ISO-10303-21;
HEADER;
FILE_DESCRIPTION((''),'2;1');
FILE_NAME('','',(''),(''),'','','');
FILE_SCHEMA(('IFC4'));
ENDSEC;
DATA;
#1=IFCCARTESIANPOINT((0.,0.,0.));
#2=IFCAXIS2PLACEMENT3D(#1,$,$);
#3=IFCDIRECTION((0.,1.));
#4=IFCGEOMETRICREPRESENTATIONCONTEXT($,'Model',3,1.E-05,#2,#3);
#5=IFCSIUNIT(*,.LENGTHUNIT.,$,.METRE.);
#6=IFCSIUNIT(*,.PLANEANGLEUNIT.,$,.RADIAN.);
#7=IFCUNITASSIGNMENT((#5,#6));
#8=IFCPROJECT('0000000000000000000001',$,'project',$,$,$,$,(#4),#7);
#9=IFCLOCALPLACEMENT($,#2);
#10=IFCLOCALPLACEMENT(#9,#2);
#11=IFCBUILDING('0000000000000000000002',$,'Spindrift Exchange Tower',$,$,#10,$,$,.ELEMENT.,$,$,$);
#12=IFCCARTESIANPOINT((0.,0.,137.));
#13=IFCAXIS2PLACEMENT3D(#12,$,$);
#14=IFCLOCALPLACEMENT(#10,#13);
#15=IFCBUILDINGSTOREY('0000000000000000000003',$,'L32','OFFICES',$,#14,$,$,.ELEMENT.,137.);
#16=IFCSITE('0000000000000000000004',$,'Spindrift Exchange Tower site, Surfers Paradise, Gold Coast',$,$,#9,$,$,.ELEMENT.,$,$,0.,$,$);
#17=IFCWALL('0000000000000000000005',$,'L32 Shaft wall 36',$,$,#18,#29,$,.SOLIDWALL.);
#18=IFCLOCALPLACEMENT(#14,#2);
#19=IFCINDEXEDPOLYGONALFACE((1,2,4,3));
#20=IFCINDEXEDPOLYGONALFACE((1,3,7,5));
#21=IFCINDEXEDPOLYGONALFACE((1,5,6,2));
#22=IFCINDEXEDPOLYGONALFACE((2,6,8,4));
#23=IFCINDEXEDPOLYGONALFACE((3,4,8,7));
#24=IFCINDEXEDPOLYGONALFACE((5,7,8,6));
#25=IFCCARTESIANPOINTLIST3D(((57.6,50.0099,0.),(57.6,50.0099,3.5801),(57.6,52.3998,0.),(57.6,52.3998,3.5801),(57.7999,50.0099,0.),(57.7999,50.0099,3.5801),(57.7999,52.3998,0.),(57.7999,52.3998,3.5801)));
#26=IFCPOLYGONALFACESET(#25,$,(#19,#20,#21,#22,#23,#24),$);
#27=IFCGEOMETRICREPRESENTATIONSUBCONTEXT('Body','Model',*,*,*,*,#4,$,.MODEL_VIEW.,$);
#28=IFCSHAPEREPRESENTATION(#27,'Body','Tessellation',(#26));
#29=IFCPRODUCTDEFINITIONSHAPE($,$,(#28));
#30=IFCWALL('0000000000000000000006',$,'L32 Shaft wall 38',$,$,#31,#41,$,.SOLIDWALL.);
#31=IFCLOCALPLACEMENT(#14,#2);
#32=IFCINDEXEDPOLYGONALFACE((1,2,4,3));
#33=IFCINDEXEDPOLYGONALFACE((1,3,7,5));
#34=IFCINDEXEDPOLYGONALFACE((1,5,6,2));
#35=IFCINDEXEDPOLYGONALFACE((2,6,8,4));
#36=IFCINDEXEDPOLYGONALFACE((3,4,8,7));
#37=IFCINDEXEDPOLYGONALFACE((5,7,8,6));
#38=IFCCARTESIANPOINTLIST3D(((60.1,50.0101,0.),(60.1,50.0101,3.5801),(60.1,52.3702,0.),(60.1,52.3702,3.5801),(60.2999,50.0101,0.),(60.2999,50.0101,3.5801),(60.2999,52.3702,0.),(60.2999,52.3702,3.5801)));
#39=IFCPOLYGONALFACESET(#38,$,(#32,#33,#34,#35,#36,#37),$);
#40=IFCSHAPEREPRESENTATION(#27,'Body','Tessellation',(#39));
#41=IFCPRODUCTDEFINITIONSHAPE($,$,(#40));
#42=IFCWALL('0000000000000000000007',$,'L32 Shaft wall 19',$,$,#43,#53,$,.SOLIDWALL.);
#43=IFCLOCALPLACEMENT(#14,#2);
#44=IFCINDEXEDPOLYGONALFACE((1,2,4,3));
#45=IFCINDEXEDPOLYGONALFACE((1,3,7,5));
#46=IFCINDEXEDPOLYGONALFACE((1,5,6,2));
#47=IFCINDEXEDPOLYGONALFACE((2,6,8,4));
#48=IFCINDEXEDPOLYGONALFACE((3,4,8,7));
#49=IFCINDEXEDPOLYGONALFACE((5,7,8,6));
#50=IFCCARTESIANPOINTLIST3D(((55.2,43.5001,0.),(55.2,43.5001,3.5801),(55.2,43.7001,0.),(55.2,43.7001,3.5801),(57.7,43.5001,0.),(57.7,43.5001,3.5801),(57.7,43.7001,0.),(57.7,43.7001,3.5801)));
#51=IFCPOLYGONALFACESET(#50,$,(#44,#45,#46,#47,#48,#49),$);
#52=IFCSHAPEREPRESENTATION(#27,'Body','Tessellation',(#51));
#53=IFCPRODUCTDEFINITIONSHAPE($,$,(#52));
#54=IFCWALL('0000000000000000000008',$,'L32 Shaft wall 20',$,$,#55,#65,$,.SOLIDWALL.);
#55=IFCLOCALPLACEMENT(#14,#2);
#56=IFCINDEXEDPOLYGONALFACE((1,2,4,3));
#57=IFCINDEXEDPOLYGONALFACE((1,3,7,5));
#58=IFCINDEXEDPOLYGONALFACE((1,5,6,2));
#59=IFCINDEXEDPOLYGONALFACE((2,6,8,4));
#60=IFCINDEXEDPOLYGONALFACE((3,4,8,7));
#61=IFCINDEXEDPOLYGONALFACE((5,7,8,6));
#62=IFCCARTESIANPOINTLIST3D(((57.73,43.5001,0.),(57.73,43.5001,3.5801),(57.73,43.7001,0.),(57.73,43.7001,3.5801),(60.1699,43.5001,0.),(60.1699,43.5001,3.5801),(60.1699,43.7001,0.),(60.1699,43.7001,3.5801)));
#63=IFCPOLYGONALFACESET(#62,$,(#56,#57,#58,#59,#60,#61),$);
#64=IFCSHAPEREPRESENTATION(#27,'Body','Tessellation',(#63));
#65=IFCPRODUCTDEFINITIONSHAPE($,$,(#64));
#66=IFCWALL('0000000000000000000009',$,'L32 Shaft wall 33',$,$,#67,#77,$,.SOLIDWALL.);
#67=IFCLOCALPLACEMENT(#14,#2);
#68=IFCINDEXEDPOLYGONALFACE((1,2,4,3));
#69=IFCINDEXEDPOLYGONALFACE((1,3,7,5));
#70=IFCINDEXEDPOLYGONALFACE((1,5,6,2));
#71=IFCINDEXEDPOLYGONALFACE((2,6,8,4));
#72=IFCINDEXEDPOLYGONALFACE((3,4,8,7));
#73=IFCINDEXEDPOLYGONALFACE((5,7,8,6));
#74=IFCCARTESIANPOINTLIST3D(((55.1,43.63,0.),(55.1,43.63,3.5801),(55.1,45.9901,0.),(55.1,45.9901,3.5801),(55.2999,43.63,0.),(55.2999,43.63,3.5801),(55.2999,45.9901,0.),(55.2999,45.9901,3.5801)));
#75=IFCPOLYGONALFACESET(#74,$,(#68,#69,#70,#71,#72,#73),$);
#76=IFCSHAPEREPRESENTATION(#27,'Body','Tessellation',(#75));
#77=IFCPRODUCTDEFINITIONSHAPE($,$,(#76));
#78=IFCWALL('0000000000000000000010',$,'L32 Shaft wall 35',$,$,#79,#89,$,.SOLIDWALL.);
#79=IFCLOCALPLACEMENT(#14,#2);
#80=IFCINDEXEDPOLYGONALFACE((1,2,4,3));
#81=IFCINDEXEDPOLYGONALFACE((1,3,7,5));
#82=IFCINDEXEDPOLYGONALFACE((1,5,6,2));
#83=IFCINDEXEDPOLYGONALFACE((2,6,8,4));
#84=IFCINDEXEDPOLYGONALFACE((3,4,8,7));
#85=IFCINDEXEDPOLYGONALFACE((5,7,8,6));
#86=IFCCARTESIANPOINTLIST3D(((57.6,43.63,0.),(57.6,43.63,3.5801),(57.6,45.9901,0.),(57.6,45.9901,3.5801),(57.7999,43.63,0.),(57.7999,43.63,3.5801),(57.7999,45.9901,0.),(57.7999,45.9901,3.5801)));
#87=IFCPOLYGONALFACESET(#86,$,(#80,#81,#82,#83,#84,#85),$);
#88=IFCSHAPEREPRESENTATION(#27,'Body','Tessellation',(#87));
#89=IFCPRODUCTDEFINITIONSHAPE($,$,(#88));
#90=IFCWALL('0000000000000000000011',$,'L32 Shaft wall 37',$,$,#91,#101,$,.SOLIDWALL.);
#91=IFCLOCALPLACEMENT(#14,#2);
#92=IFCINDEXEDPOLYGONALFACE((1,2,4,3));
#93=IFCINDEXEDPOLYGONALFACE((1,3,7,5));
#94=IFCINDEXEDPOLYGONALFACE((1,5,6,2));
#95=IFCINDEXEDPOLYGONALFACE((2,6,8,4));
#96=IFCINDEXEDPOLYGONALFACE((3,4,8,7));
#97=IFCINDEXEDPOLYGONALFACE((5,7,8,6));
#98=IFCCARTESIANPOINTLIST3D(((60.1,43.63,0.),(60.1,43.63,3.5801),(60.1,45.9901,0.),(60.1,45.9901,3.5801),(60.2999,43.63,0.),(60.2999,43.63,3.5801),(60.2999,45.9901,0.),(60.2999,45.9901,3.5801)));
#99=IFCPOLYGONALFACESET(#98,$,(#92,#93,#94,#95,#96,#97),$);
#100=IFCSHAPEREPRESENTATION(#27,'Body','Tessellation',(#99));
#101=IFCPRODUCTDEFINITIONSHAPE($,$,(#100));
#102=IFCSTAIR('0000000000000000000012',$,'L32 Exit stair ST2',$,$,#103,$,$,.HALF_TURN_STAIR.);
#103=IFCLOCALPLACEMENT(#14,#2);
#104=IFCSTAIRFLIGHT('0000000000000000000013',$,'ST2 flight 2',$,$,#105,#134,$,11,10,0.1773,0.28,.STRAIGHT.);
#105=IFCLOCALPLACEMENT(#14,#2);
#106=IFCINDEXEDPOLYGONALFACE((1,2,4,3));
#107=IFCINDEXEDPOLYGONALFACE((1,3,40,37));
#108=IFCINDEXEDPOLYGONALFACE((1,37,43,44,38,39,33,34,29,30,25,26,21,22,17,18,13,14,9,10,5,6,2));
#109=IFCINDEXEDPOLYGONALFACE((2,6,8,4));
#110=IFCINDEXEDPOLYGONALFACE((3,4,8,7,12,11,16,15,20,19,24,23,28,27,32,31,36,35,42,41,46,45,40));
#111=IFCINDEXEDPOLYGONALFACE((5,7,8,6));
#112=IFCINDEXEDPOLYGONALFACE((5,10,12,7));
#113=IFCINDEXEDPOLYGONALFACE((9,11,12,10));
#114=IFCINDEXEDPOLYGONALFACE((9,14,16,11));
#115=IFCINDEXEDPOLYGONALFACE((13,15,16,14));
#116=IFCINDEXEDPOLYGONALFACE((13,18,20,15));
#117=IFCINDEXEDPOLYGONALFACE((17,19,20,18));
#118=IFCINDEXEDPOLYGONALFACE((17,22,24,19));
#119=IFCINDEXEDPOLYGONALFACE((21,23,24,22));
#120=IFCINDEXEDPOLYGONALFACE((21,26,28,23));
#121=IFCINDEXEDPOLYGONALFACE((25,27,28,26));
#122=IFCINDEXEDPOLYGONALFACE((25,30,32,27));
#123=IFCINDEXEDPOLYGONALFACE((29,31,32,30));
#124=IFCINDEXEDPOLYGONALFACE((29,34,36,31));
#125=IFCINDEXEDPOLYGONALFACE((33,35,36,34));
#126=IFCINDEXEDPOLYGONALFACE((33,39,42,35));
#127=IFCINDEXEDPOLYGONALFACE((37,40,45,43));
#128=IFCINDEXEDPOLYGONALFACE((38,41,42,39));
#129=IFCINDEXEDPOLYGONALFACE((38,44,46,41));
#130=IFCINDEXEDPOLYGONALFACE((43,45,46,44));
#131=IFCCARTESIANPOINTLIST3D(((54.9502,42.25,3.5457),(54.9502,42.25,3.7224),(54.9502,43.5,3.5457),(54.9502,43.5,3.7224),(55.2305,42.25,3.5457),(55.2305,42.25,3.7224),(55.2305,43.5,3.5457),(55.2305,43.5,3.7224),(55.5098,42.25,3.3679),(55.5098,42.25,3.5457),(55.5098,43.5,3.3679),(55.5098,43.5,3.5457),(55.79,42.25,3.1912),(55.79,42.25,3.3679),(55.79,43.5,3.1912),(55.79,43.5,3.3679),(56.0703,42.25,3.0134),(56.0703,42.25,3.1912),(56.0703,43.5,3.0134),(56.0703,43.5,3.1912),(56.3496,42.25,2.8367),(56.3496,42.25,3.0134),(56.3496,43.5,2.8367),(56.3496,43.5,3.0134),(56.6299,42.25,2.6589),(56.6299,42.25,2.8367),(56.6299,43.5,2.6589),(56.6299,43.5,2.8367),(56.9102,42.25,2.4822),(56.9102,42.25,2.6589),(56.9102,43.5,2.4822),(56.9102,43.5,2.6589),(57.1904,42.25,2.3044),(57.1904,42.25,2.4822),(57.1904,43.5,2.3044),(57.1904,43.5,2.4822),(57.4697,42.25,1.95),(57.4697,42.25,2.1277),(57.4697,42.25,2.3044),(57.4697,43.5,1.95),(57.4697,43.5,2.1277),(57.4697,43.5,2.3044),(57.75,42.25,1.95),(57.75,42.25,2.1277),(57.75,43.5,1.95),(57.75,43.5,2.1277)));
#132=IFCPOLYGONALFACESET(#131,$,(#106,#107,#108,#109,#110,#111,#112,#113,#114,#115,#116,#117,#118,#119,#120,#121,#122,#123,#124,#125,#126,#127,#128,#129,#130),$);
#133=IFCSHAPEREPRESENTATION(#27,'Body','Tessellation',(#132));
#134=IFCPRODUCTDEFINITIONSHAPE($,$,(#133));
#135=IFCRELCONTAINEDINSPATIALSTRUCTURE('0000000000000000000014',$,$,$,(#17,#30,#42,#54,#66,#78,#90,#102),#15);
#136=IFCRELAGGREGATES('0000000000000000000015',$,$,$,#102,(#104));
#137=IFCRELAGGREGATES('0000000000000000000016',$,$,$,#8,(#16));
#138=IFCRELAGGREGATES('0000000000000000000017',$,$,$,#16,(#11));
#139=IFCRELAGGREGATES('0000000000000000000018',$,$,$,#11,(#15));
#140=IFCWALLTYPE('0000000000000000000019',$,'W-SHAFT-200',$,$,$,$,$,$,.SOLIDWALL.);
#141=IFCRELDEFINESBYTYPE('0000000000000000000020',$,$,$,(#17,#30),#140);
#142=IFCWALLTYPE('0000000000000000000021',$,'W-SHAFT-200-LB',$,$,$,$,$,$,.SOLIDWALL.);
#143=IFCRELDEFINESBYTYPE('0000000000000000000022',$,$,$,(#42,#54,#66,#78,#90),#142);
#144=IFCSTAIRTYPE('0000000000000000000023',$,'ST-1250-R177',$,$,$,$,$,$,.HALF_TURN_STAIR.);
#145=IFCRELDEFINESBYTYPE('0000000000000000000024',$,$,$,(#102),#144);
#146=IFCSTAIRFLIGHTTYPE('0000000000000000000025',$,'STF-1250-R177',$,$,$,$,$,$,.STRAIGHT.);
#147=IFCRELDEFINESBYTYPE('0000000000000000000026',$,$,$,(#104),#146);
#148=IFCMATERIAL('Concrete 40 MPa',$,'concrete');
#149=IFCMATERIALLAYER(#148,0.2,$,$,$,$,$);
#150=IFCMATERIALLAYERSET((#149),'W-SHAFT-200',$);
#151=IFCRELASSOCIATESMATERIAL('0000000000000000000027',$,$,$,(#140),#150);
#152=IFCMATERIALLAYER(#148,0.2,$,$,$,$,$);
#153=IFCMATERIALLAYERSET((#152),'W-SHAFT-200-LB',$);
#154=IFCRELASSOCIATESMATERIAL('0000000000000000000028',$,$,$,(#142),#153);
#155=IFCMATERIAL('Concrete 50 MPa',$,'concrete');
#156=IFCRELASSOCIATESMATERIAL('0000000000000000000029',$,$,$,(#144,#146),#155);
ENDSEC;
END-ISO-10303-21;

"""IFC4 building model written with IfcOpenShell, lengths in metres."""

from ifc_helpers import new_model, si_unit, direction, frame, frame_2d, origin, place, context, subcontext, project, spatial, line, indexed_curve, rectangle, outline, extrude, material, layer, layer_set, type_object, element, aggregate, save


model = new_model("IFC4")

# Units and contexts
model_context = context("Model", 3, precision=1e-05, world=origin(), true_north=direction((0.0, 1.0)))
body_context = subcontext(model_context, "Body", "Model", "MODEL_VIEW")
ifc_project = project(units=[si_unit("LENGTHUNIT", "METRE"), si_unit("PLANEANGLEUNIT", "RADIAN")], contexts=[model_context])

# Site, building, storey
site_placement = place(None, origin())
site = spatial("IfcSite", under=ifc_project, at=site_placement, Name="Spindrift Exchange Tower site, Surfers Paradise, Gold Coast", CompositionType="ELEMENT", RefElevation=0.0)
building_placement = place(site_placement, origin())
building = spatial("IfcBuilding", under=site, at=building_placement, Name="Spindrift Exchange Tower", CompositionType="ELEMENT")
storey_placement = place(building_placement, frame((0.0, 0.0, 137.0)))
storey = spatial("IfcBuildingStorey", under=building, at=storey_placement, Name="L32", Description="OFFICES", CompositionType="ELEMENT", Elevation=137.0)

# Walls
ifc_material_1 = material(Name="Concrete 40 MPa", Category="concrete")
ifc_layer_1 = layer(ifc_material_1, 0.2)
ifc_layer_set_1 = layer_set([ifc_layer_1], Name="W-SHAFT-200")
wall_type_1 = type_object("IfcWallType", Name="W-SHAFT-200", PredefinedType="SOLIDWALL", material=ifc_layer_set_1)
wall_1_placement = place(storey_placement, frame((57.7, 50.01, 0.0), z_axis=(0.0, 0.0, 1.0), x_axis=(0.0, 1.0, 0.0)))
element("IfcWall", 1, at=wall_1_placement, inside=storey, type_object=wall_type_1, Name="L32 Shaft wall 36", PredefinedType="SOLIDWALL", context=body_context, shape_type="SweptSolid", body=[
    extrude(rectangle(XDim=2.3899, YDim=0.2, at=frame_2d((1.1948, 0.0))), origin(), (0.0, 0.0, 1.0), 3.5801),
])
wall_2_placement = place(storey_placement, frame((60.2, 50.01, 0.0), z_axis=(0.0, 0.0, 1.0), x_axis=(0.0, 1.0, 0.0)))
element("IfcWall", 2, at=wall_2_placement, inside=storey, type_object=wall_type_1, Name="L32 Shaft wall 38", PredefinedType="SOLIDWALL", context=body_context, shape_type="SweptSolid", body=[
    extrude(rectangle(XDim=2.3601, YDim=0.2, at=frame_2d((1.1802, 0.0))), origin(), (0.0, 0.0, 1.0), 3.5801),
])
ifc_layer_2 = layer(ifc_material_1, 0.2)
ifc_layer_set_2 = layer_set([ifc_layer_2], Name="W-SHAFT-200-LB")
wall_type_2 = type_object("IfcWallType", Name="W-SHAFT-200-LB", PredefinedType="SOLIDWALL", material=ifc_layer_set_2)
wall_3_placement = place(storey_placement, frame((55.2, 43.6001, 0.0), z_axis=(0.0, 0.0, 1.0), x_axis=(1.0, 0.0, 0.0)))
element("IfcWall", 3, at=wall_3_placement, inside=storey, type_object=wall_type_2, Name="L32 Shaft wall 19", PredefinedType="SOLIDWALL", context=body_context, shape_type="SweptSolid", body=[
    extrude(rectangle(XDim=2.5, YDim=0.2, at=frame_2d((1.25, 0.0))), origin(), (0.0, 0.0, 1.0), 3.5801),
])
wall_4_placement = place(storey_placement, frame((57.73, 43.6001, 0.0), z_axis=(0.0, 0.0, 1.0), x_axis=(1.0, 0.0, 0.0)))
element("IfcWall", 4, at=wall_4_placement, inside=storey, type_object=wall_type_2, Name="L32 Shaft wall 20", PredefinedType="SOLIDWALL", context=body_context, shape_type="SweptSolid", body=[
    extrude(rectangle(XDim=2.4399, YDim=0.2, at=frame_2d((1.22, 0.0))), origin(), (0.0, 0.0, 1.0), 3.5801),
])
for number, where, z_axis, x_axis, name in (
    (5, (55.2, 43.6299, 0.0), (0.0, 0.0, 1.0), (0.0, 1.0, 0.0), "L32 Shaft wall 33"),
    (6, (57.7, 43.6299, 0.0), (0.0, 0.0, 1.0), (0.0, 1.0, 0.0), "L32 Shaft wall 35"),
    (7, (60.2, 43.6299, 0.0), (0.0, 0.0, 1.0), (0.0, 1.0, 0.0), "L32 Shaft wall 37"),
):
    element("IfcWall", number, at=place(storey_placement, frame(where, z_axis=z_axis, x_axis=x_axis)), inside=storey, type_object=wall_type_2, Name=name, PredefinedType="SOLIDWALL", context=body_context, shape_type="SweptSolid", body=[
        extrude(rectangle(XDim=2.3601, YDim=0.2, at=frame_2d((1.1802, 0.0))), origin(), (0.0, 0.0, 1.0), 3.5801),
    ])

# Stair, stair flight
ifc_material_2 = material(Name="Concrete 50 MPa", Category="concrete")
stair_type = type_object("IfcStairType", Name="ST-1250-R177", PredefinedType="HALF_TURN_STAIR", material=ifc_material_2)
stair_placement = place(storey_placement, origin())
stair = element("IfcStair", 8, at=stair_placement, inside=storey, type_object=stair_type, Name="L32 Exit stair ST2", PredefinedType="HALF_TURN_STAIR")
stair_flight_type = type_object("IfcStairFlightType", Name="STF-1250-R177", PredefinedType="STRAIGHT", material=ifc_material_2)
stair_flight_placement = place(storey_placement, frame((57.75, 42.875, 1.95), z_axis=(0.0, 0.0, 1.0), x_axis=(-1.0, 0.0, 0.0)))
stair_flight = element("IfcStairFlight", 9, at=stair_flight_placement, type_object=stair_flight_type, Name="ST2 flight 2", NumberOfRisers=11, NumberOfTreads=10, PredefinedType="STRAIGHT", RiserHeight=0.1773, TreadLength=0.28, context=body_context, shape_type="SweptSolid", body=[
    extrude(outline(indexed_curve([(0.0, 0.0), (0.0, 0.1777), (0.2803, 0.1777), (0.2803, 0.3545), (0.5596, 0.3545), (0.5596, 0.5322), (0.8398, 0.5322), (0.8398, 0.709), (1.1201, 0.709), (1.1201, 0.8867), (1.4004, 0.8867), (1.4004, 1.0635), (1.6797, 1.0635), (1.6797, 1.2412), (1.96, 1.2412), (1.96, 1.418), (2.2402, 1.418), (2.2402, 1.5957), (2.5195, 1.5957), (2.5195, 1.7725), (2.7998, 1.7725), (2.7998, 1.9502), (2.7998, 1.5957), (0.2803, 0.0)], segments=[line(1, 2, 3, 4, 5, 6, 7, 8, 9, 10, 11, 12, 13, 14, 15, 16, 17, 18, 19, 20, 21, 22, 23, 24, 1)], self_intersect=False)), frame((0.0, 0.625, 0.0), z_axis=(0.0, -1.0, 0.0), x_axis=(1.0, 0.0, 0.0)), (0.0, 0.0, 1.0), 1.25),
])
aggregate(stair, [stair_flight])

save(model, "model.ifc")
